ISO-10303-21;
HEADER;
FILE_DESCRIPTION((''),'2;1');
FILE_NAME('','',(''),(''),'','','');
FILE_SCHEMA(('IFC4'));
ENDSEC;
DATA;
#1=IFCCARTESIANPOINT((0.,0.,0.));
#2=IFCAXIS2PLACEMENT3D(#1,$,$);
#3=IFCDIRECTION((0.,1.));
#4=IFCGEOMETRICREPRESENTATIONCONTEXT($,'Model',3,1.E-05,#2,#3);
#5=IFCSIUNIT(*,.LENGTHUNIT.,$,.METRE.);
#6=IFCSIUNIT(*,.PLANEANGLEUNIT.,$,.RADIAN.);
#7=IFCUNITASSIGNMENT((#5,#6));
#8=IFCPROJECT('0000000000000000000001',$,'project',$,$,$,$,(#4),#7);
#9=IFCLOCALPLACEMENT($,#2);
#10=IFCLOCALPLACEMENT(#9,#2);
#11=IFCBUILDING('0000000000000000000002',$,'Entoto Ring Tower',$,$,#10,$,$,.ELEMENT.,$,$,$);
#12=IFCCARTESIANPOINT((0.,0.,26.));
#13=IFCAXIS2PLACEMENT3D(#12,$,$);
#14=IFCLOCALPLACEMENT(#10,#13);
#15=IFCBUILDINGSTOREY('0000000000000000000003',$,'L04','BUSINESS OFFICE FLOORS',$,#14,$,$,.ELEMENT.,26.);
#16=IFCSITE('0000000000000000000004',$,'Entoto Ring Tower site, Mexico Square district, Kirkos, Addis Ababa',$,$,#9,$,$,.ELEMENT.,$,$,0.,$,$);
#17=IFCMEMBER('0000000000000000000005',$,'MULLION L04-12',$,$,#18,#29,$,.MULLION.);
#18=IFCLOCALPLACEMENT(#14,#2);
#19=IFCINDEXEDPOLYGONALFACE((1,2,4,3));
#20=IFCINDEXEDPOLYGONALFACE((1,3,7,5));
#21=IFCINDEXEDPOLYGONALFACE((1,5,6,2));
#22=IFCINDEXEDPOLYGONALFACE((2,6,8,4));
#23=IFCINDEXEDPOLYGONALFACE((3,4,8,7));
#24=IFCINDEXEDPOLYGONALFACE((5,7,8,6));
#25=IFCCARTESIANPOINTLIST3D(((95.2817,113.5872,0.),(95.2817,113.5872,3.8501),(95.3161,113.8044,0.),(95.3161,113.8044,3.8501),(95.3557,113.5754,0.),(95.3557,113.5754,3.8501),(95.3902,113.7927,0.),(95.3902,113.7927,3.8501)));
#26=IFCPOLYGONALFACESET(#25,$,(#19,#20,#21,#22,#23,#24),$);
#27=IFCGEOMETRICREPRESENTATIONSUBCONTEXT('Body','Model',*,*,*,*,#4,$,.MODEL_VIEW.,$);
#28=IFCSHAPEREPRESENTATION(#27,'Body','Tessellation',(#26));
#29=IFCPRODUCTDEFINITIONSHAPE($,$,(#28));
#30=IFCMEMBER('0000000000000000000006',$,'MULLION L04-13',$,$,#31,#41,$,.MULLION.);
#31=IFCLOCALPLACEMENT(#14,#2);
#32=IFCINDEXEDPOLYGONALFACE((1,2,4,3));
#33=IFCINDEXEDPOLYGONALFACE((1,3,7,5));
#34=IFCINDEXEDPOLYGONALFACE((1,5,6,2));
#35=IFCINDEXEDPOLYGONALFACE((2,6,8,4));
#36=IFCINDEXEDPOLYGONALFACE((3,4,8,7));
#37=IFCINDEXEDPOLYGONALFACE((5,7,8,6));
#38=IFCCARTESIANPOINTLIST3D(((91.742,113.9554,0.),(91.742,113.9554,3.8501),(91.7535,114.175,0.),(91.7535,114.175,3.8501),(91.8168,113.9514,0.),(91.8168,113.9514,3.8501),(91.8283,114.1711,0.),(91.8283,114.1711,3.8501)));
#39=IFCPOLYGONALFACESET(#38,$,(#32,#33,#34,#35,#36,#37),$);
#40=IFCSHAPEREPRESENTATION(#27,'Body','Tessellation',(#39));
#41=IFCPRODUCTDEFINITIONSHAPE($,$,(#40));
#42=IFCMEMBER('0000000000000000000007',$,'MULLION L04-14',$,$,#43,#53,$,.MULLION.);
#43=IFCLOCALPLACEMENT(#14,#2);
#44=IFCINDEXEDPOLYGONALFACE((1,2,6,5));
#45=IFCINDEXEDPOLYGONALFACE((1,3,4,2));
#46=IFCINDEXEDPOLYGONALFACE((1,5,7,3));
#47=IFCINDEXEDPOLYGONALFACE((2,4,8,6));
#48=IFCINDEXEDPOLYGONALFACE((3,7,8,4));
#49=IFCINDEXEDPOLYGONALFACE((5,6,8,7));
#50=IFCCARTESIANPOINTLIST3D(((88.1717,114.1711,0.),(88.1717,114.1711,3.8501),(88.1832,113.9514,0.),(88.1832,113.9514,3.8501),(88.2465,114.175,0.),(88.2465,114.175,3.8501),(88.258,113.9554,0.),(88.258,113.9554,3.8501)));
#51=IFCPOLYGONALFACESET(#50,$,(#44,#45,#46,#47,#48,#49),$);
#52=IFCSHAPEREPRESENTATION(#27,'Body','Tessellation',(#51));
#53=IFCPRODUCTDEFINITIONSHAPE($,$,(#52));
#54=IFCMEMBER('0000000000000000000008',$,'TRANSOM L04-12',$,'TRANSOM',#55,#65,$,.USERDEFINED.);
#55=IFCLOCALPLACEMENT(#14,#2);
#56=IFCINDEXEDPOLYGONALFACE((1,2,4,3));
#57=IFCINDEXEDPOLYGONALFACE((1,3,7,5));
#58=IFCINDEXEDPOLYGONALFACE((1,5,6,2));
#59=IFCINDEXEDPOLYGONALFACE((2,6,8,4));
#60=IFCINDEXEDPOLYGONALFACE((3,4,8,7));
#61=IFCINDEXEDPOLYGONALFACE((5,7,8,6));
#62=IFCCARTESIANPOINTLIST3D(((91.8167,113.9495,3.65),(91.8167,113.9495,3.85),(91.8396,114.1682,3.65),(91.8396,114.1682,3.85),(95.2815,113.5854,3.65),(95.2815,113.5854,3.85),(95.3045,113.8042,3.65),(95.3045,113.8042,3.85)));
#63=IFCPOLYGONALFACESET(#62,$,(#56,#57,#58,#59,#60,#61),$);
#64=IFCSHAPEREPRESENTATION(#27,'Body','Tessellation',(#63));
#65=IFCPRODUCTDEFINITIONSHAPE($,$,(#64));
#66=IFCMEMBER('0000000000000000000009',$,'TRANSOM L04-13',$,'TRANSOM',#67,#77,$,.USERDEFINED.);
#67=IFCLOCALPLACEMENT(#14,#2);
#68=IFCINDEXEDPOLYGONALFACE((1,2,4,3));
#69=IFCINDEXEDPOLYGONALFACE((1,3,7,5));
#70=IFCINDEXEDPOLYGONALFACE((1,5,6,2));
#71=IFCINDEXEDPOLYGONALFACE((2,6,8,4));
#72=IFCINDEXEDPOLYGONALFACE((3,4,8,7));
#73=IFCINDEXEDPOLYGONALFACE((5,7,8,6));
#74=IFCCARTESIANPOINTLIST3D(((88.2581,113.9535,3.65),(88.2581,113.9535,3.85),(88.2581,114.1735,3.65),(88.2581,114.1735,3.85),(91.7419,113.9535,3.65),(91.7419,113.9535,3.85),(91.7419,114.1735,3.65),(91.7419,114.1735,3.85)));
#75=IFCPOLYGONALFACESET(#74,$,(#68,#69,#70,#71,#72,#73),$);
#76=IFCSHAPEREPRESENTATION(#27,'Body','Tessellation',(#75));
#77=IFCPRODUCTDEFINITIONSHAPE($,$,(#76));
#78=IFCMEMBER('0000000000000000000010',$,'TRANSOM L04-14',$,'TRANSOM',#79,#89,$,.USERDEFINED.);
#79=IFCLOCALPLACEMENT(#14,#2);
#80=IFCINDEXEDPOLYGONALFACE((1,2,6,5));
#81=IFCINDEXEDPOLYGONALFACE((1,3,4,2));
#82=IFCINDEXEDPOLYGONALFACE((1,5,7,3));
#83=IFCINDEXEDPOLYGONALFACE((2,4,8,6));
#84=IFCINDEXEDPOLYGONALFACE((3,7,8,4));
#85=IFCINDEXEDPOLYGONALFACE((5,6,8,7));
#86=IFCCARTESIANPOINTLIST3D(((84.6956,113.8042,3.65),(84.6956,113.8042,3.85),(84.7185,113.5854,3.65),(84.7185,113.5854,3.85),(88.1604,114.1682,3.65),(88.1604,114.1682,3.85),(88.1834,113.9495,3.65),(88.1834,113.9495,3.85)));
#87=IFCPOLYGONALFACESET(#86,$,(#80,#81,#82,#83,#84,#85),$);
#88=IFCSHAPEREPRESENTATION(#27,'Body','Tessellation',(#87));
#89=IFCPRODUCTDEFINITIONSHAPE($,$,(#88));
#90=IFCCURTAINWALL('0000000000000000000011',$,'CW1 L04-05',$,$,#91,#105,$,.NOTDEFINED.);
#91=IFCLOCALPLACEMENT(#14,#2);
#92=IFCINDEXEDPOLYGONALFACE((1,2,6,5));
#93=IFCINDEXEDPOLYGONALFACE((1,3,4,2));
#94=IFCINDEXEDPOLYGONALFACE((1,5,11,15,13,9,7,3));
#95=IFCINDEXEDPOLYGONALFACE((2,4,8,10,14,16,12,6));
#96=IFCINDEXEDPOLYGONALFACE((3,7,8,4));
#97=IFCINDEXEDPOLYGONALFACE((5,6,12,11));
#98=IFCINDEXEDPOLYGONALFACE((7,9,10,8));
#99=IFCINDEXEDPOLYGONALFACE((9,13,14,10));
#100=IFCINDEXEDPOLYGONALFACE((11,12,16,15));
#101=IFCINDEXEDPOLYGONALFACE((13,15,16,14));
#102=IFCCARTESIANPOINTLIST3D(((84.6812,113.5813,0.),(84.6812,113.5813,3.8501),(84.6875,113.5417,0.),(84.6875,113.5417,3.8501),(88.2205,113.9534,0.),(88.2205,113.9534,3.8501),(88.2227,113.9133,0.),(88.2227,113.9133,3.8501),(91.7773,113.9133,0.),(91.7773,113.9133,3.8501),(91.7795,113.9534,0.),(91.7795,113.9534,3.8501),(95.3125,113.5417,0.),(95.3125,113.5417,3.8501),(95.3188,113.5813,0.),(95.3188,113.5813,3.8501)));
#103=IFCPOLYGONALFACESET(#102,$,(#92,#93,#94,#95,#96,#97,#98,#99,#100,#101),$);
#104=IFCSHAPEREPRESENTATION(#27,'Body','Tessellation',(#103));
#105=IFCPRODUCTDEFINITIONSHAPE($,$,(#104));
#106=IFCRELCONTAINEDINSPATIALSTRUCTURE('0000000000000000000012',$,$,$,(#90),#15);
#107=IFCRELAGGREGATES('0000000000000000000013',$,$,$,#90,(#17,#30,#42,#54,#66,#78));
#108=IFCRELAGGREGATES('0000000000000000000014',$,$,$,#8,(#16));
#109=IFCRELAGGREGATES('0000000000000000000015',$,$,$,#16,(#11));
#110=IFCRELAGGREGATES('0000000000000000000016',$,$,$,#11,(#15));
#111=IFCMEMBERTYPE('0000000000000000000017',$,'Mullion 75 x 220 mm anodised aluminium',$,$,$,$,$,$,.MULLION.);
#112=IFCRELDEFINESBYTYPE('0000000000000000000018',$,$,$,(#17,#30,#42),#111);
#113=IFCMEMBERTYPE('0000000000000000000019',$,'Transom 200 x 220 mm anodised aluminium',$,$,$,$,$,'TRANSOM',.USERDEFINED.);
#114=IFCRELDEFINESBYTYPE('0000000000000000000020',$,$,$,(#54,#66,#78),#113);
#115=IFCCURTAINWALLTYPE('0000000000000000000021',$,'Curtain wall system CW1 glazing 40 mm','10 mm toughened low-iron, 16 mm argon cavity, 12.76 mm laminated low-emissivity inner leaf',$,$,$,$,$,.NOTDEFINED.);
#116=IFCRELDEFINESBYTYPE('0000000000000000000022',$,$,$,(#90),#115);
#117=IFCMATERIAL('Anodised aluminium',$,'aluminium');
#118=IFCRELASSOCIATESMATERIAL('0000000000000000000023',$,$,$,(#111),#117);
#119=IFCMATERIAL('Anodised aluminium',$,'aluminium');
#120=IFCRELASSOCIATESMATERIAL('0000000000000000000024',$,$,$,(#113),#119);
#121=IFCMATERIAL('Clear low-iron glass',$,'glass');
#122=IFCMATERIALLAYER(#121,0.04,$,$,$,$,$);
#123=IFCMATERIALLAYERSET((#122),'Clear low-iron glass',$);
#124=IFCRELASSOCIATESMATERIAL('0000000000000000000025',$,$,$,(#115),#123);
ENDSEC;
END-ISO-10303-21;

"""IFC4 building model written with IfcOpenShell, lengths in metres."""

from ifc_helpers import new_model, si_unit, direction, frame, origin, origin_2d, place, context, subcontext, project, spatial, polyline, rectangle, outline, extrude, material, layer, layer_set, material_profile, profile_set, type_object, element, aggregate, save


model = new_model("IFC4")

# Units and contexts
model_context = context("Model", 3, precision=1e-05, world=origin(), true_north=direction((0.0, 1.0)))
body_context = subcontext(model_context, "Body", "Model", "MODEL_VIEW")
ifc_project = project(units=[si_unit("LENGTHUNIT", "METRE"), si_unit("PLANEANGLEUNIT", "RADIAN")], contexts=[model_context])

# Members
ifc_material_1 = material(Name="Anodised aluminium", Category="aluminium")
ifc_material_profile_1 = material_profile(ifc_material_1, rectangle(XDim=0.075, YDim=0.22, at=origin_2d()), Name="Mullion 75 x 220 mm anodised aluminium")
ifc_profile_set_1 = profile_set([ifc_material_profile_1], Name="Anodised aluminium")
member_type_1 = type_object("IfcMemberType", Name="Mullion 75 x 220 mm anodised aluminium", PredefinedType="MULLION", material=ifc_profile_set_1)
site_placement = place(None, origin())
building_placement = place(site_placement, origin())
storey_placement = place(building_placement, frame((0.0, 0.0, 26.0)))
member_1_placement = place(storey_placement, frame((95.3359, 113.6899, 0.0), z_axis=(0.0, 0.0, 1.0), x_axis=(-0.987688, 0.156434, 0.0)))
member_1 = element("IfcMember", 1, at=member_1_placement, type_object=member_type_1, Name="MULLION L04-12", PredefinedType="MULLION", context=body_context, shape_type="SweptSolid", body=[
    extrude(rectangle(XDim=0.075, YDim=0.22, at=origin_2d()), origin(), (0.0, 0.0, 1.0), 3.8501),
])
member_2_placement = place(storey_placement, frame((91.7852, 114.0632, 0.0), z_axis=(0.0, 0.0, 1.0), x_axis=(-0.99863, 0.052336, 0.0)))
member_2 = element("IfcMember", 2, at=member_2_placement, type_object=member_type_1, Name="MULLION L04-13", PredefinedType="MULLION", context=body_context, shape_type="SweptSolid", body=[
    extrude(rectangle(XDim=0.075, YDim=0.22, at=origin_2d()), origin(), (0.0, 0.0, 1.0), 3.8501),
])
member_3_placement = place(storey_placement, frame((88.2148, 114.0632, 0.0), z_axis=(0.0, 0.0, 1.0), x_axis=(-0.99863, -0.052336, 0.0)))
member_3 = element("IfcMember", 3, at=member_3_placement, type_object=member_type_1, Name="MULLION L04-14", PredefinedType="MULLION", context=body_context, shape_type="SweptSolid", body=[
    extrude(rectangle(XDim=0.075, YDim=0.22, at=origin_2d()), origin(), (0.0, 0.0, 1.0), 3.8501),
])
ifc_material_2 = material(Name="Anodised aluminium", Category="aluminium")
ifc_material_profile_2 = material_profile(ifc_material_2, rectangle(XDim=0.22, YDim=0.2, at=origin_2d()), Name="Transom 200 x 220 mm anodised aluminium")
ifc_profile_set_2 = profile_set([ifc_material_profile_2], Name="Anodised aluminium")
member_type_2 = type_object("IfcMemberType", Name="Transom 200 x 220 mm anodised aluminium", ElementType="TRANSOM", PredefinedType="USERDEFINED", material=ifc_profile_set_2)
member_4_placement = place(storey_placement, frame((95.293, 113.6948, 3.75), z_axis=(-0.994527, 0.104484, 0.0), x_axis=(-0.104484, -0.994527, 0.0)))
member_4 = element("IfcMember", 4, at=member_4_placement, type_object=member_type_2, Name="TRANSOM L04-12", ObjectType="TRANSOM", PredefinedType="USERDEFINED", context=body_context, shape_type="SweptSolid", body=[
    extrude(rectangle(XDim=0.22, YDim=0.2, at=origin_2d()), origin(), (0.0, 0.0, 1.0), 3.4839),
])
member_5_placement = place(storey_placement, frame((91.7419, 114.0635, 3.75), z_axis=(-1.0, 0.0, 0.0), x_axis=(0.0, -1.0, 0.0)))
member_5 = element("IfcMember", 5, at=member_5_placement, type_object=member_type_2, Name="TRANSOM L04-13", ObjectType="TRANSOM", PredefinedType="USERDEFINED", context=body_context, shape_type="SweptSolid", body=[
    extrude(rectangle(XDim=0.22, YDim=0.2, at=origin_2d()), origin(), (0.0, 0.0, 1.0), 3.4839),
])
member_6_placement = place(storey_placement, frame((88.1719, 114.0588, 3.75), z_axis=(-0.994527, -0.104484, 0.0), x_axis=(0.104484, -0.994527, 0.0)))
member_6 = element("IfcMember", 6, at=member_6_placement, type_object=member_type_2, Name="TRANSOM L04-14", ObjectType="TRANSOM", PredefinedType="USERDEFINED", context=body_context, shape_type="SweptSolid", body=[
    extrude(rectangle(XDim=0.22, YDim=0.2, at=origin_2d()), origin(), (0.0, 0.0, 1.0), 3.4839),
])

# Site, building, storey
site = spatial("IfcSite", under=ifc_project, at=site_placement, Name="Entoto Ring Tower site, Mexico Square district, Kirkos, Addis Ababa", CompositionType="ELEMENT", RefElevation=0.0)
building = spatial("IfcBuilding", under=site, at=building_placement, Name="Entoto Ring Tower", CompositionType="ELEMENT")
storey = spatial("IfcBuildingStorey", under=building, at=storey_placement, Name="L04", Description="BUSINESS OFFICE FLOORS", CompositionType="ELEMENT", Elevation=26.0)

# Curtain wall
ifc_material_3 = material(Name="Clear low-iron glass", Category="glass")
ifc_layer = layer(ifc_material_3, 0.04)
ifc_layer_set = layer_set([ifc_layer], Name="Clear low-iron glass")
curtain_wall_type = type_object("IfcCurtainWallType", Name="Curtain wall system CW1 glazing 40 mm", Description="10 mm toughened low-iron, 16 mm argon cavity, 12.76 mm laminated low-emissivity inner leaf", PredefinedType="NOTDEFINED", material=ifc_layer_set)
curtain_wall_1_placement = place(storey_placement, origin())
curtain_wall_1 = element("IfcCurtainWall", 7, at=curtain_wall_1_placement, inside=storey, type_object=curtain_wall_type, Name="CW1 L04-05", PredefinedType="NOTDEFINED", context=body_context, shape_type="SweptSolid", body=[
    extrude(outline(polyline([(95.3188, 113.5813), (91.7795, 113.9534), (88.2205, 113.9534), (84.6812, 113.5813), (84.6875, 113.5417), (88.2227, 113.9133), (91.7773, 113.9133), (95.3125, 113.5417), (95.3188, 113.5813)])), origin(), (0.0, 0.0, 1.0), 3.8501),
])
aggregate(curtain_wall_1, [member_1, member_2, member_3, member_4, member_5, member_6])

save(model, "model.ifc")
